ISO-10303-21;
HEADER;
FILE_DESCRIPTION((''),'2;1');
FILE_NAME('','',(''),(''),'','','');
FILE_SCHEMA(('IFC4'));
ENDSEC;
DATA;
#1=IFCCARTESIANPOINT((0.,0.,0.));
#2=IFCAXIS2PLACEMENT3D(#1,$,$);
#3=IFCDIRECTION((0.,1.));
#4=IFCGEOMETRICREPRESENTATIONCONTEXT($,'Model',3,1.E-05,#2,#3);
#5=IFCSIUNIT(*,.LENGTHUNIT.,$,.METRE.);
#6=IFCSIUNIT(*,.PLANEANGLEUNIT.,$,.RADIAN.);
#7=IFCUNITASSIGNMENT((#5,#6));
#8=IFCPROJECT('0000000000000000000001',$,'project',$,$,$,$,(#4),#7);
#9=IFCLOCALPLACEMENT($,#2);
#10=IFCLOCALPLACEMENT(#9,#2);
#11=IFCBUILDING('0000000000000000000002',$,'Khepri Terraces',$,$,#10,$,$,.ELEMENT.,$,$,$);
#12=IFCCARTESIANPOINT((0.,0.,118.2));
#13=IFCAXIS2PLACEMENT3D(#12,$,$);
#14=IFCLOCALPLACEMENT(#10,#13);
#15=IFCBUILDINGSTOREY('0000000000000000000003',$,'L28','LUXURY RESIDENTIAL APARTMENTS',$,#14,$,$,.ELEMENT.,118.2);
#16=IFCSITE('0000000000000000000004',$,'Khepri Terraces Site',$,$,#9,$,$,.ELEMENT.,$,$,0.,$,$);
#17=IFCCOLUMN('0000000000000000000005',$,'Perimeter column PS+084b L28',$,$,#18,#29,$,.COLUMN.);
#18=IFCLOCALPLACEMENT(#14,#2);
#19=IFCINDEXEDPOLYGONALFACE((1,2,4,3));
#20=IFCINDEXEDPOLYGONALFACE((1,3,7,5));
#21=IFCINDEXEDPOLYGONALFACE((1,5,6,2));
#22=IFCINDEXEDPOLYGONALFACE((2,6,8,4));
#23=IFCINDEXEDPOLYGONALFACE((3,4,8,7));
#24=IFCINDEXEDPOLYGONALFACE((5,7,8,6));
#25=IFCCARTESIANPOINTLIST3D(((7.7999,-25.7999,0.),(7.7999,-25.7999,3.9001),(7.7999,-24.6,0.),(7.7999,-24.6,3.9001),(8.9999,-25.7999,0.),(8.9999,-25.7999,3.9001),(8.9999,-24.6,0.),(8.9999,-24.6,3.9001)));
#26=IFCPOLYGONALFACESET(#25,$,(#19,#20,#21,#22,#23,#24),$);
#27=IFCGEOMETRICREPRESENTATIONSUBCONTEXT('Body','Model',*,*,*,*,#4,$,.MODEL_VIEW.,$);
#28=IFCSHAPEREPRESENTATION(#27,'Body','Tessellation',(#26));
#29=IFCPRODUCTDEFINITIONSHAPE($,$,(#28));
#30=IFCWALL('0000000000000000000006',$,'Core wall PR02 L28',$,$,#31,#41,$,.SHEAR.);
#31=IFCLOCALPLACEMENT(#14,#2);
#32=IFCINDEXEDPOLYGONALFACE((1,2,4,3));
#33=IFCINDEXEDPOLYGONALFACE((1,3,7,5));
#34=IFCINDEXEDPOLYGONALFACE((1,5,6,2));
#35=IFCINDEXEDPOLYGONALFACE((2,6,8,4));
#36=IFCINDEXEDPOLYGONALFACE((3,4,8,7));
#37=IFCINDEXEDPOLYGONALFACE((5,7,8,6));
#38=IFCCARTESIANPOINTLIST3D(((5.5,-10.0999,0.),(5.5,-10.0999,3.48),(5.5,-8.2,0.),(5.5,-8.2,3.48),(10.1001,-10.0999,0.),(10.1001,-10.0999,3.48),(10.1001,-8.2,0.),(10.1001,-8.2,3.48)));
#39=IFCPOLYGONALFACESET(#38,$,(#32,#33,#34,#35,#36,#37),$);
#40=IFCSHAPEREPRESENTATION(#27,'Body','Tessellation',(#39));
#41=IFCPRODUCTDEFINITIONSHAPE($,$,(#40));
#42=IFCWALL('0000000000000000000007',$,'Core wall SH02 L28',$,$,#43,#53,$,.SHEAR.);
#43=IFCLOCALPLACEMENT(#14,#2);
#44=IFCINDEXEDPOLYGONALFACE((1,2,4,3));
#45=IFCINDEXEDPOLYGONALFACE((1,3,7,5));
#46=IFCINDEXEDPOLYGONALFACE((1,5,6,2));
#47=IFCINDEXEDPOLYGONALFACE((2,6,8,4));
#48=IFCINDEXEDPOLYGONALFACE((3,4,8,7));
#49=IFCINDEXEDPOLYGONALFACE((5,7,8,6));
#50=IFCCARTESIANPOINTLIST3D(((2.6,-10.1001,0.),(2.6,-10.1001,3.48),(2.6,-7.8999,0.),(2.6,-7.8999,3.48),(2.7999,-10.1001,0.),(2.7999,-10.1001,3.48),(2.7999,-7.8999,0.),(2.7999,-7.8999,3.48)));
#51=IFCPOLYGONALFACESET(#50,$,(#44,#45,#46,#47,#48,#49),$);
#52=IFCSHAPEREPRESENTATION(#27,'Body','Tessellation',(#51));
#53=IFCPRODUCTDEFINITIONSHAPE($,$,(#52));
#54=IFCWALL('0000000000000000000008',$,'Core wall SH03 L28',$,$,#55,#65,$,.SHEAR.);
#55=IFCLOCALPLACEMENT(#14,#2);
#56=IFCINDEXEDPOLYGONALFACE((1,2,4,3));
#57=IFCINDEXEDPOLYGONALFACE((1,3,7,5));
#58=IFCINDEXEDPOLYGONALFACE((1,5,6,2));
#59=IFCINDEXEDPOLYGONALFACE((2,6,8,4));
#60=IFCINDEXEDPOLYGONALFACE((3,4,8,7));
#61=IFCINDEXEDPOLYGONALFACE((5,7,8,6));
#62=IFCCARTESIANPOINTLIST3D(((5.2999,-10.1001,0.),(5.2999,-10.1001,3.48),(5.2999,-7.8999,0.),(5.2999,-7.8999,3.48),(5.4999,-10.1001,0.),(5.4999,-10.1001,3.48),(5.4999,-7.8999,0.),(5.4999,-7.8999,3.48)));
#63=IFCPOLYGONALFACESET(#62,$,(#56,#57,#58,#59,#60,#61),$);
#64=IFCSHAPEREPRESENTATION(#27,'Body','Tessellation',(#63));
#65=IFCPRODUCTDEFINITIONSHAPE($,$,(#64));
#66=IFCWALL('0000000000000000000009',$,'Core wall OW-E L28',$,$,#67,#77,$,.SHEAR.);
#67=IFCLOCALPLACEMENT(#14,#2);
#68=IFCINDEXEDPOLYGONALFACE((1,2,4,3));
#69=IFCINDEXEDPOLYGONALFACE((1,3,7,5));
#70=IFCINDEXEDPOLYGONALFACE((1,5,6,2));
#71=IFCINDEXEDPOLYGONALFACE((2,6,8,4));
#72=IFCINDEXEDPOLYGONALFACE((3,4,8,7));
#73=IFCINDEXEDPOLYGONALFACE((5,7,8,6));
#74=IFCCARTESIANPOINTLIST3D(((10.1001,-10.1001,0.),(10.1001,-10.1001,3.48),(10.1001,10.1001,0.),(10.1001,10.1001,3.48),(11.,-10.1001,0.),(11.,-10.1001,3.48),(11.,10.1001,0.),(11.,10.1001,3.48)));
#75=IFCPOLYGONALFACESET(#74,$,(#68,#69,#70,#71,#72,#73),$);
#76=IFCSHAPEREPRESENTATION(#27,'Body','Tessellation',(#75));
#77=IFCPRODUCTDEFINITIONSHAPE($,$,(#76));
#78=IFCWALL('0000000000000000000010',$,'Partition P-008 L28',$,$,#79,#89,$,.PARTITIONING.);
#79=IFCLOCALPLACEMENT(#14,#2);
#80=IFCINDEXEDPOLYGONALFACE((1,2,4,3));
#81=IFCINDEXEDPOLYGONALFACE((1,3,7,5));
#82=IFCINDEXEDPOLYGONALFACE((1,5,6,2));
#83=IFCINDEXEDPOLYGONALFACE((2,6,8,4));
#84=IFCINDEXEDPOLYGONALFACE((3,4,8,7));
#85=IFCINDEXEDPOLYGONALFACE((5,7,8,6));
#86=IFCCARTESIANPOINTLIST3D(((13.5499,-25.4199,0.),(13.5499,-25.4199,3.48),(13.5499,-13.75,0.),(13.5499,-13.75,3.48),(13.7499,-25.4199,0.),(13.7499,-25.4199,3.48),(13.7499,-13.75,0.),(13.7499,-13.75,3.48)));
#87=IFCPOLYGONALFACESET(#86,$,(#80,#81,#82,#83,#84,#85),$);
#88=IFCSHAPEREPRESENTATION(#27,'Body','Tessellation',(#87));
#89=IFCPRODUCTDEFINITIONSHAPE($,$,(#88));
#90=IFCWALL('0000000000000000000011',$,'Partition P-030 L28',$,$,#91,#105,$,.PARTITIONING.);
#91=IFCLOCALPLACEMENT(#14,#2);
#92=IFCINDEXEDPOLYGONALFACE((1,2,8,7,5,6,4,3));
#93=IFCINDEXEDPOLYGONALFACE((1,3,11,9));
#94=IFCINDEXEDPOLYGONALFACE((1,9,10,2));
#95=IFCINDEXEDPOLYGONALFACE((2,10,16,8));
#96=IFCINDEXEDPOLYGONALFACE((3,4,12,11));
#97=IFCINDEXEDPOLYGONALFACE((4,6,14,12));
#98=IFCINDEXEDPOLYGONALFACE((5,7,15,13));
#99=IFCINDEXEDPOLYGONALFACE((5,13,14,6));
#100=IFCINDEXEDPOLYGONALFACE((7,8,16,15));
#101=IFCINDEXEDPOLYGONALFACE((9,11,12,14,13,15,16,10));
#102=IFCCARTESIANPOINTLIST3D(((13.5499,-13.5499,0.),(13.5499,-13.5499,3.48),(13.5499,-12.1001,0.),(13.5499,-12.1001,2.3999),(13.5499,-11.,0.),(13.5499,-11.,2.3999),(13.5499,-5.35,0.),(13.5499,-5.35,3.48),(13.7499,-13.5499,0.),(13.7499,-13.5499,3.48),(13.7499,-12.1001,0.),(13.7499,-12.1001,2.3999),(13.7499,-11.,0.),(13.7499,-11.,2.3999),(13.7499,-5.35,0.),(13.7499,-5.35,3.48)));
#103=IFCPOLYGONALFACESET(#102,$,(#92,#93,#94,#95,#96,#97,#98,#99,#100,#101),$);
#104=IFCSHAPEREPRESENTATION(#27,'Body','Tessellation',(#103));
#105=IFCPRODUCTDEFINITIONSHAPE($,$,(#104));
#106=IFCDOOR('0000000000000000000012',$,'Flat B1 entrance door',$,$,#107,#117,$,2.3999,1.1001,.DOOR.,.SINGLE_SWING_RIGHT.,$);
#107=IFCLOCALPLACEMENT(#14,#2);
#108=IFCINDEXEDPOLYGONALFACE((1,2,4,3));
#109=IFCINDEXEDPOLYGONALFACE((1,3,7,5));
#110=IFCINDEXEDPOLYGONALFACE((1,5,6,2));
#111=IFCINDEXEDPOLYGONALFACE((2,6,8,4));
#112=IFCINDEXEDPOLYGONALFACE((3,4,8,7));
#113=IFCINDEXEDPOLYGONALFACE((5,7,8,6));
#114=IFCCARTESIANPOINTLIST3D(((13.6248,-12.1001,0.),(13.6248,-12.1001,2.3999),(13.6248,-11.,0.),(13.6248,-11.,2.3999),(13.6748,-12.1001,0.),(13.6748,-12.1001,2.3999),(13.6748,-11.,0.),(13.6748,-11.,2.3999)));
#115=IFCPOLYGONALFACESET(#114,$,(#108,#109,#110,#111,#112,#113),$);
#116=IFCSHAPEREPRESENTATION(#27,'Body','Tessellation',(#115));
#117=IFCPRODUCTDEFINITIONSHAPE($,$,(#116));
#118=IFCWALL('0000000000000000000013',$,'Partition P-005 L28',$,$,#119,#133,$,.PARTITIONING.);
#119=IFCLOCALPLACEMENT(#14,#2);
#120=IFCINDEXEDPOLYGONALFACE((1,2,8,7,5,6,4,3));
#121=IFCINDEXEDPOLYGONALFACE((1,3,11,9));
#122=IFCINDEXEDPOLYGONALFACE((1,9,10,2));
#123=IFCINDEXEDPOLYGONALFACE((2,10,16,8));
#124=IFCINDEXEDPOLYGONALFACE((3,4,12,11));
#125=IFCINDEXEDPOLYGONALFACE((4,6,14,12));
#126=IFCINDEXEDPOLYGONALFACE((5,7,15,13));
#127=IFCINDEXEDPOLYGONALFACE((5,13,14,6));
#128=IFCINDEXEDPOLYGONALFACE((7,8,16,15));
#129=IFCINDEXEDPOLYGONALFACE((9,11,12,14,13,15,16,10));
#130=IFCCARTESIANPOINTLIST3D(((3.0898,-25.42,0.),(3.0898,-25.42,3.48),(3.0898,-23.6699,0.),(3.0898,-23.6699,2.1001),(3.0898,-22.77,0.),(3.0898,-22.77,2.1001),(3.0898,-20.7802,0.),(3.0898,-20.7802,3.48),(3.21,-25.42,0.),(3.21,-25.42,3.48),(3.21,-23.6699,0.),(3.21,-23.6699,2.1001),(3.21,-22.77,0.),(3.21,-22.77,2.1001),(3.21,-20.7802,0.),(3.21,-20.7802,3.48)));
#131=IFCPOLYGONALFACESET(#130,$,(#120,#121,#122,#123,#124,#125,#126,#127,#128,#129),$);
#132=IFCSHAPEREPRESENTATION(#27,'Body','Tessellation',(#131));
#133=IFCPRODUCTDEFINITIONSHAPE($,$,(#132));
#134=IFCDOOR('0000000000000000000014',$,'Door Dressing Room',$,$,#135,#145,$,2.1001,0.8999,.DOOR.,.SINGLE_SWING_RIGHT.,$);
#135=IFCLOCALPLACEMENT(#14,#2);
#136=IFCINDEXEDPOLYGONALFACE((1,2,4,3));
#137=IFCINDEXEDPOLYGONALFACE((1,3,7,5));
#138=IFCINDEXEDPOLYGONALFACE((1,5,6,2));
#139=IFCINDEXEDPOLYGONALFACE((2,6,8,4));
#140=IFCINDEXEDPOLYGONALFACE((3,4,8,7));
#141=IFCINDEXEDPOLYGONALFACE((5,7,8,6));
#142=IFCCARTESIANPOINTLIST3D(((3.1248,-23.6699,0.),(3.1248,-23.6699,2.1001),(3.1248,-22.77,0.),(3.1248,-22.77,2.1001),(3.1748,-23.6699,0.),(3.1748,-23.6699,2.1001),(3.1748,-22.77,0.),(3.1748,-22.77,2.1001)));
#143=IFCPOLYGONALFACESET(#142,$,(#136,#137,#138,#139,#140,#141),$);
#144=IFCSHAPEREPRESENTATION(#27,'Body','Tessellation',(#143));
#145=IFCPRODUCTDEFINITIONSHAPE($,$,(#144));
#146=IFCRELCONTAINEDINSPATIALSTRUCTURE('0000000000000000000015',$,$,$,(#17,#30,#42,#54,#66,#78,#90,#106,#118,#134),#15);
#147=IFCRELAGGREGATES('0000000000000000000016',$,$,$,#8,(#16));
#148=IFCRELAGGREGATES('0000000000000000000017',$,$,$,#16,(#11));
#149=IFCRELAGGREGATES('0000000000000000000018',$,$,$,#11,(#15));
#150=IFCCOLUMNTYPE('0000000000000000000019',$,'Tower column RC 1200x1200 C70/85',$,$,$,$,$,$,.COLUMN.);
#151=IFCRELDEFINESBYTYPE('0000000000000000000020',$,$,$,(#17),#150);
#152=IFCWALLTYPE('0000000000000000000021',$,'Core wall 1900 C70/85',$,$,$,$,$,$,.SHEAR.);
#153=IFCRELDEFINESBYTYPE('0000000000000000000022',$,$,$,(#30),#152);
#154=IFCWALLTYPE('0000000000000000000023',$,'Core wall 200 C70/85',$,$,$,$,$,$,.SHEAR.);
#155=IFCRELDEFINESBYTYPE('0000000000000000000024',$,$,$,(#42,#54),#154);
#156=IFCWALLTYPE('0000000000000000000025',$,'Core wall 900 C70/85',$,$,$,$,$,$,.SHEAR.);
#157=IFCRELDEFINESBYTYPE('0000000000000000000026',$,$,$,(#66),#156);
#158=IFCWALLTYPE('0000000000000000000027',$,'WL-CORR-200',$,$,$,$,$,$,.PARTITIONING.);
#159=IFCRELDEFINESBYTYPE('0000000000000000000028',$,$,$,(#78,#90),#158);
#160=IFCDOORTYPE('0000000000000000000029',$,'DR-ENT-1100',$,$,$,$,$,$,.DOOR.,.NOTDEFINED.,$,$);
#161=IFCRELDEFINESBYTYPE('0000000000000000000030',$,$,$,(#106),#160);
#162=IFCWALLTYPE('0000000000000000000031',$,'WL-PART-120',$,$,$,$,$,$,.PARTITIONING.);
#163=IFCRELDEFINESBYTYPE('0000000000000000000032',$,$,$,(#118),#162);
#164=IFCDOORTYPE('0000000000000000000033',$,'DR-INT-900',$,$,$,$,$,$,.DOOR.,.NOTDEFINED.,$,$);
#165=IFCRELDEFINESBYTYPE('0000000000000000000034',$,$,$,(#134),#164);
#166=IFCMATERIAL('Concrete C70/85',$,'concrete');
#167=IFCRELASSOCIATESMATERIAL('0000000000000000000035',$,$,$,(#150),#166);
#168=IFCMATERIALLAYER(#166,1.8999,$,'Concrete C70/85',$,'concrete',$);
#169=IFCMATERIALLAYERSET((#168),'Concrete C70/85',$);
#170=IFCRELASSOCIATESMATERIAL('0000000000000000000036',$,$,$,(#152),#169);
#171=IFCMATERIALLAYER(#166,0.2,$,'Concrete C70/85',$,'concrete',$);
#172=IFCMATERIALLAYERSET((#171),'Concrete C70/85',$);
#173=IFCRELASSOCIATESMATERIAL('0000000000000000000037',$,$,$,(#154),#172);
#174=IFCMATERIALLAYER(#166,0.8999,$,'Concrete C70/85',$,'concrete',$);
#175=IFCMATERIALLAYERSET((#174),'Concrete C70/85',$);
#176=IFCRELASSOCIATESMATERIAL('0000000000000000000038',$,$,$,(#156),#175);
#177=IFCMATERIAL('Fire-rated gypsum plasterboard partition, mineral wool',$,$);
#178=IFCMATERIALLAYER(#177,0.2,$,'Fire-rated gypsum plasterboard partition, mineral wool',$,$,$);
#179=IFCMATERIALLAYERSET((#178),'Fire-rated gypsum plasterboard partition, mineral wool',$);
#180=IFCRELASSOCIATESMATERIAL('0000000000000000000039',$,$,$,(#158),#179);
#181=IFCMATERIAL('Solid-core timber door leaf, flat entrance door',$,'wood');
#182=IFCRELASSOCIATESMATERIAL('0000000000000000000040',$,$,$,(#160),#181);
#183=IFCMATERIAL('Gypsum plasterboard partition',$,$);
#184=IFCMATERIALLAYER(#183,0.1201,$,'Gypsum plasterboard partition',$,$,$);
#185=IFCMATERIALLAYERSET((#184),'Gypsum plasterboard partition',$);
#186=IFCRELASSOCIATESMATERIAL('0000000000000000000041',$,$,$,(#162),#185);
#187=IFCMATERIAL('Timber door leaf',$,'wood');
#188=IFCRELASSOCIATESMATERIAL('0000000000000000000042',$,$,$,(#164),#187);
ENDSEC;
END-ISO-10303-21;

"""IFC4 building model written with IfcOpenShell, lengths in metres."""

from ifc_helpers import new_model, si_unit, direction, frame, frame_2d, origin, origin_2d, place, context, subcontext, project, spatial, rectangle, extrude, material, layer, layer_set, material_profile, profile_set, type_object, element, fill, save


model = new_model("IFC4")

# Units and contexts
model_context = context("Model", 3, precision=1e-05, world=origin(), true_north=direction((0.0, 1.0)))
body_context = subcontext(model_context, "Body", "Model", "MODEL_VIEW")
ifc_project = project(units=[si_unit("LENGTHUNIT", "METRE"), si_unit("PLANEANGLEUNIT", "RADIAN")], contexts=[model_context])

# Site, building, storey
site_placement = place(None, origin())
site = spatial("IfcSite", under=ifc_project, at=site_placement, Name="Khepri Terraces Site", CompositionType="ELEMENT", RefElevation=0.0)
building_placement = place(site_placement, origin())
building = spatial("IfcBuilding", under=site, at=building_placement, Name="Khepri Terraces", CompositionType="ELEMENT")
storey_placement = place(building_placement, frame((0.0, 0.0, 118.2)))
storey = spatial("IfcBuildingStorey", under=building, at=storey_placement, Name="L28", Description="LUXURY RESIDENTIAL APARTMENTS", CompositionType="ELEMENT", Elevation=118.2)

# Column
ifc_material_1 = material(Name="Concrete C70/85", Category="concrete")
ifc_material_profile = material_profile(ifc_material_1, rectangle(XDim=1.2, YDim=1.2, at=origin_2d()), Name="Concrete C70/85", Category="concrete")
ifc_profile_set = profile_set([ifc_material_profile], Name="Concrete C70/85")
column_type = type_object("IfcColumnType", Name="Tower column RC 1200x1200 C70/85", PredefinedType="COLUMN", material=ifc_profile_set)
column_placement = place(storey_placement, frame((8.3999, -25.2, 0.0), z_axis=(0.0, 0.0, 1.0), x_axis=(1.0, 0.0, 0.0)))
element("IfcColumn", 1, at=column_placement, inside=storey, type_object=column_type, Name="Perimeter column PS+084b L28", PredefinedType="COLUMN", context=body_context, shape_type="SweptSolid", body=[
    extrude(rectangle(XDim=1.2, YDim=1.2, at=origin_2d()), origin(), (0.0, 0.0, 1.0), 3.9001),
])

# Walls
ifc_layer_1 = layer(ifc_material_1, 1.8999, Name="Concrete C70/85", Category="concrete")
ifc_layer_set_1 = layer_set([ifc_layer_1], Name="Concrete C70/85")
wall_type_1 = type_object("IfcWallType", Name="Core wall 1900 C70/85", PredefinedType="SHEAR", material=ifc_layer_set_1)
wall_1_placement = place(storey_placement, frame((5.5, -9.1499, 0.0), z_axis=(0.0, 0.0, 1.0), x_axis=(1.0, 0.0, 0.0)))
element("IfcWall", 2, at=wall_1_placement, inside=storey, type_object=wall_type_1, Name="Core wall PR02 L28", PredefinedType="SHEAR", context=body_context, shape_type="SweptSolid", body=[
    extrude(rectangle(XDim=4.6001, YDim=1.8999, at=frame_2d((2.3, 0.0))), origin(), (0.0, 0.0, 1.0), 3.48),
])
ifc_layer_2 = layer(ifc_material_1, 0.2, Name="Concrete C70/85", Category="concrete")
ifc_layer_set_2 = layer_set([ifc_layer_2], Name="Concrete C70/85")
wall_type_2 = type_object("IfcWallType", Name="Core wall 200 C70/85", PredefinedType="SHEAR", material=ifc_layer_set_2)
for number, where, z_axis, x_axis, name in (
    (3, (2.7, -10.1001, 0.0), (0.0, 0.0, 1.0), (0.0, 1.0, 0.0), "Core wall SH02 L28"),
    (4, (5.3999, -10.1001, 0.0), (0.0, 0.0, 1.0), (0.0, 1.0, 0.0), "Core wall SH03 L28"),
):
    element("IfcWall", number, at=place(storey_placement, frame(where, z_axis=z_axis, x_axis=x_axis)), inside=storey, type_object=wall_type_2, Name=name, PredefinedType="SHEAR", context=body_context, shape_type="SweptSolid", body=[
        extrude(rectangle(XDim=2.2002, YDim=0.2, at=frame_2d((1.1001, 0.0))), origin(), (0.0, 0.0, 1.0), 3.48),
    ])
ifc_layer_3 = layer(ifc_material_1, 0.8999, Name="Concrete C70/85", Category="concrete")
ifc_layer_set_3 = layer_set([ifc_layer_3], Name="Concrete C70/85")
wall_type_3 = type_object("IfcWallType", Name="Core wall 900 C70/85", PredefinedType="SHEAR", material=ifc_layer_set_3)
wall_2_placement = place(storey_placement, frame((10.55, -10.1001, 0.0), z_axis=(0.0, 0.0, 1.0), x_axis=(0.0, 1.0, 0.0)))
element("IfcWall", 5, at=wall_2_placement, inside=storey, type_object=wall_type_3, Name="Core wall OW-E L28", PredefinedType="SHEAR", context=body_context, shape_type="SweptSolid", body=[
    extrude(rectangle(XDim=20.2002, YDim=0.8999, at=frame_2d((10.1001, 0.0))), origin(), (0.0, 0.0, 1.0), 3.48),
])
ifc_material_2 = material(Name="Fire-rated gypsum plasterboard partition, mineral wool")
ifc_layer_4 = layer(ifc_material_2, 0.2, Name="Fire-rated gypsum plasterboard partition, mineral wool")
ifc_layer_set_4 = layer_set([ifc_layer_4], Name="Fire-rated gypsum plasterboard partition, mineral wool")
wall_type_4 = type_object("IfcWallType", Name="WL-CORR-200", PredefinedType="PARTITIONING", material=ifc_layer_set_4)
wall_3_placement = place(storey_placement, frame((13.6499, -25.4199, 0.0), z_axis=(0.0, 0.0, 1.0), x_axis=(0.0, 1.0, 0.0)))
element("IfcWall", 6, at=wall_3_placement, inside=storey, type_object=wall_type_4, Name="Partition P-008 L28", PredefinedType="PARTITIONING", context=body_context, shape_type="SweptSolid", body=[
    extrude(rectangle(XDim=11.6699, YDim=0.2, at=frame_2d((5.835, 0.0))), origin(), (0.0, 0.0, 1.0), 3.48),
])

# Wall, opening, door
wall_4_placement = place(storey_placement, frame((13.6499, -13.55, 0.0), z_axis=(0.0, 0.0, 1.0), x_axis=(0.0, 1.0, 0.0)))
wall_4 = element("IfcWall", 7, at=wall_4_placement, inside=storey, type_object=wall_type_4, Name="Partition P-030 L28", PredefinedType="PARTITIONING", context=body_context, shape_type="SweptSolid", body=[
    extrude(rectangle(XDim=8.2, YDim=0.2, at=frame_2d((4.1001, 0.0))), origin(), (0.0, 0.0, 1.0), 3.48),
])
opening_1_placement = place(wall_4_placement, frame((1.45, 0.0, 0.0)))
opening_1 = element("IfcOpeningElement", 8, at=opening_1_placement, cuts=wall_4, PredefinedType="OPENING", context=body_context, shape_type="SweptSolid", body=[
    extrude(rectangle(XDim=1.1001, YDim=2.3999, at=frame_2d((0.55, 1.2))), frame((0.0, 0.1099, 0.0), z_axis=(0.0, -1.0, 0.0), x_axis=(1.0, 0.0, 0.0)), (0.0, 0.0, 1.0), 0.22),
])
ifc_material_3 = material(Name="Solid-core timber door leaf, flat entrance door", Category="wood")
door_type_1 = type_object("IfcDoorType", Name="DR-ENT-1100", OperationType="NOTDEFINED", PredefinedType="DOOR", material=ifc_material_3)
door_1_placement = place(opening_1_placement, frame((1.1001, 0.0, 0.0), z_axis=(0.0, 0.0, 1.0), x_axis=(-1.0, 0.0, 0.0)))
door_1 = element("IfcDoor", 9, at=door_1_placement, inside=storey, type_object=door_type_1, Name="Flat B1 entrance door", OperationType="SINGLE_SWING_RIGHT", OverallHeight=2.3999, OverallWidth=1.1001, PredefinedType="DOOR", context=body_context, shape_type="SweptSolid", body=[
    extrude(rectangle(XDim=1.1001, YDim=2.3999, at=frame_2d((0.55, 1.2))), frame((0.0, 0.0249, 0.0), z_axis=(0.0, -1.0, 0.0), x_axis=(1.0, 0.0, 0.0)), (0.0, 0.0, 1.0), 0.05),
])
fill(opening_1, door_1)

# Wall, opening, door
ifc_material_4 = material(Name="Gypsum plasterboard partition")
ifc_layer_5 = layer(ifc_material_4, 0.1201, Name="Gypsum plasterboard partition")
ifc_layer_set_5 = layer_set([ifc_layer_5], Name="Gypsum plasterboard partition")
wall_type_5 = type_object("IfcWallType", Name="WL-PART-120", PredefinedType="PARTITIONING", material=ifc_layer_set_5)
wall_5_placement = place(storey_placement, frame((3.1499, -25.4199, 0.0), z_axis=(0.0, 0.0, 1.0), x_axis=(0.0, 1.0, 0.0)))
wall_5 = element("IfcWall", 10, at=wall_5_placement, inside=storey, type_object=wall_type_5, Name="Partition P-005 L28", PredefinedType="PARTITIONING", context=body_context, shape_type="SweptSolid", body=[
    extrude(rectangle(XDim=4.6399, YDim=0.1201, at=frame_2d((2.3198, 0.0))), origin(), (0.0, 0.0, 1.0), 3.48),
])
opening_2_placement = place(wall_5_placement, frame((1.75, 0.0, 0.0)))
opening_2 = element("IfcOpeningElement", 11, at=opening_2_placement, cuts=wall_5, PredefinedType="OPENING", context=body_context, shape_type="SweptSolid", body=[
    extrude(rectangle(XDim=0.8999, YDim=2.1001, at=frame_2d((0.45, 1.05))), frame((0.0, 0.0701, 0.0), z_axis=(0.0, -1.0, 0.0), x_axis=(1.0, 0.0, 0.0)), (0.0, 0.0, 1.0), 0.1401),
])
ifc_material_5 = material(Name="Timber door leaf", Category="wood")
door_type_2 = type_object("IfcDoorType", Name="DR-INT-900", OperationType="NOTDEFINED", PredefinedType="DOOR", material=ifc_material_5)
door_2_placement = place(opening_2_placement, frame((0.8999, 0.0, 0.0), z_axis=(0.0, 0.0, 1.0), x_axis=(-1.0, 0.0, 0.0)))
door_2 = element("IfcDoor", 12, at=door_2_placement, inside=storey, type_object=door_type_2, Name="Door Dressing Room", OperationType="SINGLE_SWING_RIGHT", OverallHeight=2.1001, OverallWidth=0.8999, PredefinedType="DOOR", context=body_context, shape_type="SweptSolid", body=[
    extrude(rectangle(XDim=0.8999, YDim=2.1001, at=frame_2d((0.45, 1.05))), frame((0.0, 0.0249, 0.0), z_axis=(0.0, -1.0, 0.0), x_axis=(1.0, 0.0, 0.0)), (0.0, 0.0, 1.0), 0.05),
])
fill(opening_2, door_2)

save(model, "model.ifc")
